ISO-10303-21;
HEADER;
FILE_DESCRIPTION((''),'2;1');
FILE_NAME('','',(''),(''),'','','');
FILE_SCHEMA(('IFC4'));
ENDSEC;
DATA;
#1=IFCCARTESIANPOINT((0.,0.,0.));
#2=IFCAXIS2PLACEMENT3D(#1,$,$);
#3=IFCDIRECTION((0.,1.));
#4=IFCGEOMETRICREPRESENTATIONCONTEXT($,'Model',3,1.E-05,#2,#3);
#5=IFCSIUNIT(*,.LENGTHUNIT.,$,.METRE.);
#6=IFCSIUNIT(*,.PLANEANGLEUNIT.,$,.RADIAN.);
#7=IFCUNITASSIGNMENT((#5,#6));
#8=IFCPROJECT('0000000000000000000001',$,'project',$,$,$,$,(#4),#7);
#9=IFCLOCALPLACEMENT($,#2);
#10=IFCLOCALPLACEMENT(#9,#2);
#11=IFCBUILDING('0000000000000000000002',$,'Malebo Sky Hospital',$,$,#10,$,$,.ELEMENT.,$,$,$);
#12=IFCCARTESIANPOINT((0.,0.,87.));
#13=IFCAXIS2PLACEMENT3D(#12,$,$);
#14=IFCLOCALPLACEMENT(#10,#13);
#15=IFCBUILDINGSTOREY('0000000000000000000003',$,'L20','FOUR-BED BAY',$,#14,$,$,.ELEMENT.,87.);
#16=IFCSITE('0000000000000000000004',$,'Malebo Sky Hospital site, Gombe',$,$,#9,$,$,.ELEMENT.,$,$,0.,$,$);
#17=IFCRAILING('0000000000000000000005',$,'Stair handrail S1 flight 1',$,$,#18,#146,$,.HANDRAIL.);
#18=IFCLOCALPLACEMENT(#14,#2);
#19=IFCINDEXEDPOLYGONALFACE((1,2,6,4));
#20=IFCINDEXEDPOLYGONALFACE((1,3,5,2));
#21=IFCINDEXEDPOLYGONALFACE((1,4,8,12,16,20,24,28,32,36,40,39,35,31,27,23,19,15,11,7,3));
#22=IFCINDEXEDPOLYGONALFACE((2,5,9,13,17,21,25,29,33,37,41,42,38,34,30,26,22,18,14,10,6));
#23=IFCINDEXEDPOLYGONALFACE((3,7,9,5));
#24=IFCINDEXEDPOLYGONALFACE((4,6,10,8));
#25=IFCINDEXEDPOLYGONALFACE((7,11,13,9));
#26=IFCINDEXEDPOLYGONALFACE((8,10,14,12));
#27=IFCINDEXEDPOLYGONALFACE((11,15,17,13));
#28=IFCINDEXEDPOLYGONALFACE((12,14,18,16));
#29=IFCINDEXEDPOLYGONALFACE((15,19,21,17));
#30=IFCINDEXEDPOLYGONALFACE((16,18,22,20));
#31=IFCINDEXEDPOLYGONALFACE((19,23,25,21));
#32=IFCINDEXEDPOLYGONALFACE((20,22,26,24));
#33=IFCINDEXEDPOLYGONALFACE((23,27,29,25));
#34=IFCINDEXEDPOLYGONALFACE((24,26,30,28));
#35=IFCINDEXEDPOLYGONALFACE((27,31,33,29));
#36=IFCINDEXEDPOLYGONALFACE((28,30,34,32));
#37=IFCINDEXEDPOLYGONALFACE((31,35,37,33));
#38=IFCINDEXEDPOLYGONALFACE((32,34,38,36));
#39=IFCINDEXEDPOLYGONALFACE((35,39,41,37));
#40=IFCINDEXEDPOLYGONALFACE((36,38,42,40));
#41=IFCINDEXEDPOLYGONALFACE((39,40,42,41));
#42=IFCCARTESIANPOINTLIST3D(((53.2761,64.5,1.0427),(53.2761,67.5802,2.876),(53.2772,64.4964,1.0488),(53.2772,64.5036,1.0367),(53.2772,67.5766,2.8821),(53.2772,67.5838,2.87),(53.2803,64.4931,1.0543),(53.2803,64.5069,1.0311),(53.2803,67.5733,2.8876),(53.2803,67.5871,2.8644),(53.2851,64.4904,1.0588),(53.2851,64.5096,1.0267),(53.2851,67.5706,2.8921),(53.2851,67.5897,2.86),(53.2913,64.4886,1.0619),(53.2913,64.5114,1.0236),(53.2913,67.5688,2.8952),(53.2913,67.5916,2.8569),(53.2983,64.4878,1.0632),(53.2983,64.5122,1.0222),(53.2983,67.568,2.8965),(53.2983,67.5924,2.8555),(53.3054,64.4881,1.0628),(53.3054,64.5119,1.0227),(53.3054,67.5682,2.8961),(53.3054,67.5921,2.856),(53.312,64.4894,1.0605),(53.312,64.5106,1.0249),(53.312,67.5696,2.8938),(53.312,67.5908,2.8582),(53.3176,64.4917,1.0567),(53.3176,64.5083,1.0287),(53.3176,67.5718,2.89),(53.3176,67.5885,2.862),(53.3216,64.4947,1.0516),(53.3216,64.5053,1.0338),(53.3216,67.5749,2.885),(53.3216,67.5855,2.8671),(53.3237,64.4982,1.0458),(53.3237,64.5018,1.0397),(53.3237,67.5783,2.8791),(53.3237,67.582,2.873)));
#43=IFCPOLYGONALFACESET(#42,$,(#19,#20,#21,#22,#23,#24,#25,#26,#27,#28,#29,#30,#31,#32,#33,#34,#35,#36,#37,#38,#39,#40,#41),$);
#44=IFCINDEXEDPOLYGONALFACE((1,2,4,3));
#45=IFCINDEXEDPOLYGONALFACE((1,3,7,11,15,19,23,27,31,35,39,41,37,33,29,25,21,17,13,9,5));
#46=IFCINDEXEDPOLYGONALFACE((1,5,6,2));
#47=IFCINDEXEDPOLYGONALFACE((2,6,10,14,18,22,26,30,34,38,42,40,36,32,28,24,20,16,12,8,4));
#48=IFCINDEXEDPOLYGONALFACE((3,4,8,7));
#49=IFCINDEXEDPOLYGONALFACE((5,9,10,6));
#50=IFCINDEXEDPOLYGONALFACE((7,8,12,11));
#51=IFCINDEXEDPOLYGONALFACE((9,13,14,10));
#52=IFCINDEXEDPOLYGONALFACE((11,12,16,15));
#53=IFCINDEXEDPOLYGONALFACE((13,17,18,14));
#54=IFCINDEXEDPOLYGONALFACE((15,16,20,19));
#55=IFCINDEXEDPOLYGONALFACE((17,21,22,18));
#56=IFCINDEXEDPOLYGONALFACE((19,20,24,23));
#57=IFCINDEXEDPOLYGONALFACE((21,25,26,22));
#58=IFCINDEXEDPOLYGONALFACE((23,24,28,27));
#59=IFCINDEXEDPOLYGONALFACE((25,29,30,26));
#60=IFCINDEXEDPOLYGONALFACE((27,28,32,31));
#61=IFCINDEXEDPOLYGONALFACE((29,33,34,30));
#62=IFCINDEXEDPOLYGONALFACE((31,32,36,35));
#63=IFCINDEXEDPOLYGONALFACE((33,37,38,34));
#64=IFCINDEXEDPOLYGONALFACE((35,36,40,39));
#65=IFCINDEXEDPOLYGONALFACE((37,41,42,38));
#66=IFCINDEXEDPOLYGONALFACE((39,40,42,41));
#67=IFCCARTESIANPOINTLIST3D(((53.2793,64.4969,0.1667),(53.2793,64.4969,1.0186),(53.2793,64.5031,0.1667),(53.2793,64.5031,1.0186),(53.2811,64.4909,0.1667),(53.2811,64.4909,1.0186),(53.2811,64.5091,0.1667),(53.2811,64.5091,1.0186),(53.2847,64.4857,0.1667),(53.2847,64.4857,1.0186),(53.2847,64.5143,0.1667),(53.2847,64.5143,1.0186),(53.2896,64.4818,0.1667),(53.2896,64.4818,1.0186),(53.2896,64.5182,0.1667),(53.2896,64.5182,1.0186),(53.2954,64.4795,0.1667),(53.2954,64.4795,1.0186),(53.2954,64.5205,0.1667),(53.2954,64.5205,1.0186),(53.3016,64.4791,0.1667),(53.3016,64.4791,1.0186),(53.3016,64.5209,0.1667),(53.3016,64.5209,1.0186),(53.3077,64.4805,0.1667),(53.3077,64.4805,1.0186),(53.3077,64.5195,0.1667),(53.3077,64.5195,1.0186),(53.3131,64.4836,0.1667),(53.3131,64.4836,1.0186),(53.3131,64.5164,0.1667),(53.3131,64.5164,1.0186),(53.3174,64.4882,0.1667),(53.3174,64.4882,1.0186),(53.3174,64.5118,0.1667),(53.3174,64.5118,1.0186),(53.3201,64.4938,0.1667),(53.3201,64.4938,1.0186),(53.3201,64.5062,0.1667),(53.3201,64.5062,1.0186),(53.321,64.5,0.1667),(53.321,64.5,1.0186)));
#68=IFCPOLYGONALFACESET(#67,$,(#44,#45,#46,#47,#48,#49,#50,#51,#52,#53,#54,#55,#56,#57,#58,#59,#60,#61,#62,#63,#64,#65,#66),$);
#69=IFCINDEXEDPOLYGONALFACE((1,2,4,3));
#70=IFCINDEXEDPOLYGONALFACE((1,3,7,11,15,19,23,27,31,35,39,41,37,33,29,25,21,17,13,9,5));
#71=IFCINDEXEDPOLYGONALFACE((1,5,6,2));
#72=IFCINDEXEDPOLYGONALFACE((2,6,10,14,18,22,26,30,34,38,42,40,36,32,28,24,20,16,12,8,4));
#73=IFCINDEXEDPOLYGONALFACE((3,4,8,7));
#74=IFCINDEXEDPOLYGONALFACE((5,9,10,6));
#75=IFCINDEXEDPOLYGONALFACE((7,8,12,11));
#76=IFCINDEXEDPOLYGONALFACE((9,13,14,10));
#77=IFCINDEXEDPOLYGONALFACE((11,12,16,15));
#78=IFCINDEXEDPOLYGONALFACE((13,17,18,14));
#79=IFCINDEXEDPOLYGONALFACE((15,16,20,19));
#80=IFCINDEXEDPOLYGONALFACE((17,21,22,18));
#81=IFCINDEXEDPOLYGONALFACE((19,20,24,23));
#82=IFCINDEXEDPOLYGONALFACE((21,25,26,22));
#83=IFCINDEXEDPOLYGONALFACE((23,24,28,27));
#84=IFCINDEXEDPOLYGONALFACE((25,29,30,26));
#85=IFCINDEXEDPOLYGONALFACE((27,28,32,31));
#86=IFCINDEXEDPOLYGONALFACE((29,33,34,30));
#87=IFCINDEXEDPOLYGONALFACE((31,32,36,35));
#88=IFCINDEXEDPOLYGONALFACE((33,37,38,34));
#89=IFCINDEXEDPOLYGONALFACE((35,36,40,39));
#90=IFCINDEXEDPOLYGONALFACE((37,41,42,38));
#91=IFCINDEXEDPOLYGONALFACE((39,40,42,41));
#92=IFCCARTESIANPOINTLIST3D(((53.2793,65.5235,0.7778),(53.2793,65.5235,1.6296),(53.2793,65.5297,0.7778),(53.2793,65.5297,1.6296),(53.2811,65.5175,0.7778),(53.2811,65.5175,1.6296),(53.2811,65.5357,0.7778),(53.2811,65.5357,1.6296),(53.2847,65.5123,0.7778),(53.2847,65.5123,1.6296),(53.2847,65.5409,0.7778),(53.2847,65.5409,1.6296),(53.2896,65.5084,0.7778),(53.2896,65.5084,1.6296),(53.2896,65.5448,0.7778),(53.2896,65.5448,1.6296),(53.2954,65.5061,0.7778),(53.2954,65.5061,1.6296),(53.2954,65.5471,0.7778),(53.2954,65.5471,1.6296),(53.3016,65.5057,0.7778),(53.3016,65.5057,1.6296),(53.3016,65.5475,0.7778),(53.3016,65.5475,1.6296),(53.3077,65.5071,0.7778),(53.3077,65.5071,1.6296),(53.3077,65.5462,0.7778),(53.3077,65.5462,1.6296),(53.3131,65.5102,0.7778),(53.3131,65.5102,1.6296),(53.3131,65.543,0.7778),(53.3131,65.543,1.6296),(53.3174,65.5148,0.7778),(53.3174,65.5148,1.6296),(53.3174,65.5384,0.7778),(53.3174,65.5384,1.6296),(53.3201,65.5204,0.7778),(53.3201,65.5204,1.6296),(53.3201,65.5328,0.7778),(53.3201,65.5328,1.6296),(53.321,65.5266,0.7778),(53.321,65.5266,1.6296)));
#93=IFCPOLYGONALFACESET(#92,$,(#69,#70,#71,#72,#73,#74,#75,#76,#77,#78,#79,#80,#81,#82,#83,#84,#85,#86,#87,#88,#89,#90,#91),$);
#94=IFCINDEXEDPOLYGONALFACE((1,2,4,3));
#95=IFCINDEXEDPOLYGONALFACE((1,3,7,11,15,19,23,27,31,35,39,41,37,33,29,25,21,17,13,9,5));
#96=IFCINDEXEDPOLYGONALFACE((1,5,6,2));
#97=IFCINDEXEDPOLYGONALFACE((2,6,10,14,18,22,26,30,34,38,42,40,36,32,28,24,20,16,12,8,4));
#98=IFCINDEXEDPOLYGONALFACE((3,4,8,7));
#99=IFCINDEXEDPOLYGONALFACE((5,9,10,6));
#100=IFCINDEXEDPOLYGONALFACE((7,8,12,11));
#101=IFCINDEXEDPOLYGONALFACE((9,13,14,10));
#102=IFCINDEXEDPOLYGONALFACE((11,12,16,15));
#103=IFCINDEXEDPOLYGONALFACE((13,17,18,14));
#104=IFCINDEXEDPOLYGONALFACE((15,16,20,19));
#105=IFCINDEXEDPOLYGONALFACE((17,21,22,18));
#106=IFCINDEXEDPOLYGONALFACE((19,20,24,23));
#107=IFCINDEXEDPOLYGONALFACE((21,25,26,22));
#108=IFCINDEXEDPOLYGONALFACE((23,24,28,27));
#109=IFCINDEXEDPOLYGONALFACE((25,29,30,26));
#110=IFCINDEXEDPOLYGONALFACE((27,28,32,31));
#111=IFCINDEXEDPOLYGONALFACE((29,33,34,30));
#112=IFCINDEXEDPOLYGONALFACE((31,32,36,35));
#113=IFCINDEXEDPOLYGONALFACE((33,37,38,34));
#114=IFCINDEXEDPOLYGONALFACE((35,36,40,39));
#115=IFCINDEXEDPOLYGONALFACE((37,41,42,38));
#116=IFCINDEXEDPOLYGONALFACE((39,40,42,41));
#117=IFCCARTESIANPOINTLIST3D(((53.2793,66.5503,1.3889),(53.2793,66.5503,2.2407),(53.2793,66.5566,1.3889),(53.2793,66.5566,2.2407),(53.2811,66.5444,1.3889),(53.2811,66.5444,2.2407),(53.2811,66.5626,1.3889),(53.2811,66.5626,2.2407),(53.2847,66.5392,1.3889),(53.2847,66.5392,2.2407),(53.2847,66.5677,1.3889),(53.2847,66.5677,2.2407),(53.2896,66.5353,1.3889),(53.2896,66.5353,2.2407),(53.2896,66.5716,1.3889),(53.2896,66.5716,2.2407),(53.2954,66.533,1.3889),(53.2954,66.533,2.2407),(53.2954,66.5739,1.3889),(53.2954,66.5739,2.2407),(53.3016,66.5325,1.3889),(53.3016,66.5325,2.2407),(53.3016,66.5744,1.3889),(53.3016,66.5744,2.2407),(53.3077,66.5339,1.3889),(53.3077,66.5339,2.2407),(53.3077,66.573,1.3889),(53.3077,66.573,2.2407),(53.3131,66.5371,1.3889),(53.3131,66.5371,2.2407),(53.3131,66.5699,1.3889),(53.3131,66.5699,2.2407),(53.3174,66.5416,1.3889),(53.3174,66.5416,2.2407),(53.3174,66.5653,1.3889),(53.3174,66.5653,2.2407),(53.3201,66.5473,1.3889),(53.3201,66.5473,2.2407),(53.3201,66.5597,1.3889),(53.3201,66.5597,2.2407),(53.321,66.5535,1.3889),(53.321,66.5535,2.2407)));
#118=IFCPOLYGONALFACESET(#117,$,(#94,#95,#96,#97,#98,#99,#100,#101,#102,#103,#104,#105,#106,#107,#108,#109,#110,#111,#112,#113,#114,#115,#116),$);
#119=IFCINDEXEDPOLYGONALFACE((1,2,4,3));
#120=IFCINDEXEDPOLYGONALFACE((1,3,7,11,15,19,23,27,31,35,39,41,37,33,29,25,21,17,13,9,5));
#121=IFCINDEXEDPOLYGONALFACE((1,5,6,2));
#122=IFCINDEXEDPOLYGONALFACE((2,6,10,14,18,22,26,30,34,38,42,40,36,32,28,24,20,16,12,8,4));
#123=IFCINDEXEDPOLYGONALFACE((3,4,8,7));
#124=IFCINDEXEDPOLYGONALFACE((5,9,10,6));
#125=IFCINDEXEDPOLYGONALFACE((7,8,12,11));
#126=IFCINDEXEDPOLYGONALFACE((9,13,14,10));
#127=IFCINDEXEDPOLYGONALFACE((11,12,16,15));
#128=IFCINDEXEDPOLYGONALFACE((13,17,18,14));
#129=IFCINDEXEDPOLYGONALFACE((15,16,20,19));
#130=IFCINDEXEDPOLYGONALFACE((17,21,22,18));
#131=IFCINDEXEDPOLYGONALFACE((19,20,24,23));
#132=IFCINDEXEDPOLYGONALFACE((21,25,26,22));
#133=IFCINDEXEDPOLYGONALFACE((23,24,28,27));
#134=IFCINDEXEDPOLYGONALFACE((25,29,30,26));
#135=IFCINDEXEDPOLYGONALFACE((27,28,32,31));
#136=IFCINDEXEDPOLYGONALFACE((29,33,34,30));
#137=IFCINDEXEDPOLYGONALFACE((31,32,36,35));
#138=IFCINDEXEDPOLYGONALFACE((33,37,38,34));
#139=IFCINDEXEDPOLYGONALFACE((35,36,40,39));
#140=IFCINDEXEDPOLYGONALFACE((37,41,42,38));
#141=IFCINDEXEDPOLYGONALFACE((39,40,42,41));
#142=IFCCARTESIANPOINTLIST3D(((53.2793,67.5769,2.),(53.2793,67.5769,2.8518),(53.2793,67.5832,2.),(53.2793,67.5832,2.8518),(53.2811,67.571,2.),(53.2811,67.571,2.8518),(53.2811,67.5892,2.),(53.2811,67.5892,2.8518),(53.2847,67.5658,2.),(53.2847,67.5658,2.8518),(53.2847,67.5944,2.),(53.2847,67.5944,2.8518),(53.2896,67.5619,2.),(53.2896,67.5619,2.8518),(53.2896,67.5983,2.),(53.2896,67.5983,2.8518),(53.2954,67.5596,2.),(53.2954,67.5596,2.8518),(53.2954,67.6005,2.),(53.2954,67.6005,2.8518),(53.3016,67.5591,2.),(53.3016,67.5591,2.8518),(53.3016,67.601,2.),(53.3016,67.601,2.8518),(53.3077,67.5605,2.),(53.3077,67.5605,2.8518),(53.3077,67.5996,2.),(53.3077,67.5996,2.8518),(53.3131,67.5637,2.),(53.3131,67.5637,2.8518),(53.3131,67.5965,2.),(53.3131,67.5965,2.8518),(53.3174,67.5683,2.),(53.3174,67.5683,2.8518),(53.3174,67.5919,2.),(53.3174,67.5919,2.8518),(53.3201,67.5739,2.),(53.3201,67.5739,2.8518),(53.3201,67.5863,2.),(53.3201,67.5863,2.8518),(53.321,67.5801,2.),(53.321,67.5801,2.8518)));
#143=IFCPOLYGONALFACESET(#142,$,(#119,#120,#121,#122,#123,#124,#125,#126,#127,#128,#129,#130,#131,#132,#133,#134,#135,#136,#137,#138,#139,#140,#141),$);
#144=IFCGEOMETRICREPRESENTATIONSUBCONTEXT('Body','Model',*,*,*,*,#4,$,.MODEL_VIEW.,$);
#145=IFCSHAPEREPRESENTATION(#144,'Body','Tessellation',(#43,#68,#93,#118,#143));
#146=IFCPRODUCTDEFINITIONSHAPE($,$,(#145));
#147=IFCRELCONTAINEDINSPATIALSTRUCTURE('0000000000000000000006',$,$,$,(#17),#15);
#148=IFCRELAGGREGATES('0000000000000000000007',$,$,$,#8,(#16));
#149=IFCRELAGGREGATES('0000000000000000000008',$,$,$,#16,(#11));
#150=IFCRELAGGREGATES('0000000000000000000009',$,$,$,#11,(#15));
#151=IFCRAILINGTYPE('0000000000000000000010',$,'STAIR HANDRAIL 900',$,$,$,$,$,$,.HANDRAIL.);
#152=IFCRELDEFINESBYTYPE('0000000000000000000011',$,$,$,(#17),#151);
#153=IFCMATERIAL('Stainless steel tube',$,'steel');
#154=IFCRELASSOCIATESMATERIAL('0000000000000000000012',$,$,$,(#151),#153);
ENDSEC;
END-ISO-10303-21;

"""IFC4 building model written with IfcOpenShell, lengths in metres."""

from ifc_helpers import new_model, si_unit, direction, frame, origin, origin_2d, place, context, subcontext, project, spatial, circle, extrude, material, type_object, element, save


model = new_model("IFC4")

# Units and contexts
model_context = context("Model", 3, precision=1e-05, world=origin(), true_north=direction((0.0, 1.0)))
body_context = subcontext(model_context, "Body", "Model", "MODEL_VIEW")
ifc_project = project(units=[si_unit("LENGTHUNIT", "METRE"), si_unit("PLANEANGLEUNIT", "RADIAN")], contexts=[model_context])

# Site, building, storey
site_placement = place(None, origin())
site = spatial("IfcSite", under=ifc_project, at=site_placement, Name="Malebo Sky Hospital site, Gombe", CompositionType="ELEMENT", RefElevation=0.0)
building_placement = place(site_placement, origin())
building = spatial("IfcBuilding", under=site, at=building_placement, Name="Malebo Sky Hospital", CompositionType="ELEMENT")
storey_placement = place(building_placement, frame((0.0, 0.0, 87.0)))
storey = spatial("IfcBuildingStorey", under=building, at=storey_placement, Name="L20", Description="FOUR-BED BAY", CompositionType="ELEMENT", Elevation=87.0)

# Railing
ifc_material_1 = material(Name="Stainless steel tube", Category="steel")
railing_type = type_object("IfcRailingType", Name="STAIR HANDRAIL 900", PredefinedType="HANDRAIL", material=ifc_material_1)
railing_1_placement = place(storey_placement, frame((53.3, 64.5, 0.1667)))
element("IfcRailing", 1, at=railing_1_placement, inside=storey, type_object=railing_type, Name="Stair handrail S1 flight 1", PredefinedType="HANDRAIL", context=body_context, shape_type="SweptSolid", body=[
    extrude(circle(Radius=0.0239, at=origin_2d()), frame((0.0, 0.0, 0.876), z_axis=(0.0, 0.859309, 0.511458), x_axis=(-1.0, 0.0, 0.0)), (0.0, 0.0, 1.0), 3.5845),
    extrude(circle(Radius=0.021, at=origin_2d()), origin(), (0.0, 0.0, 1.0), 0.8518),
    extrude(circle(Radius=0.021, at=origin_2d()), frame((0.0, 1.0266, 0.6111)), (0.0, 0.0, 1.0), 0.8518),
    extrude(circle(Radius=0.021, at=origin_2d()), frame((0.0, 2.0535, 1.2222)), (0.0, 0.0, 1.0), 0.8518),
    extrude(circle(Radius=0.021, at=origin_2d()), frame((0.0, 3.0801, 1.8333)), (0.0, 0.0, 1.0), 0.8518),
])

save(model, "model.ifc")
